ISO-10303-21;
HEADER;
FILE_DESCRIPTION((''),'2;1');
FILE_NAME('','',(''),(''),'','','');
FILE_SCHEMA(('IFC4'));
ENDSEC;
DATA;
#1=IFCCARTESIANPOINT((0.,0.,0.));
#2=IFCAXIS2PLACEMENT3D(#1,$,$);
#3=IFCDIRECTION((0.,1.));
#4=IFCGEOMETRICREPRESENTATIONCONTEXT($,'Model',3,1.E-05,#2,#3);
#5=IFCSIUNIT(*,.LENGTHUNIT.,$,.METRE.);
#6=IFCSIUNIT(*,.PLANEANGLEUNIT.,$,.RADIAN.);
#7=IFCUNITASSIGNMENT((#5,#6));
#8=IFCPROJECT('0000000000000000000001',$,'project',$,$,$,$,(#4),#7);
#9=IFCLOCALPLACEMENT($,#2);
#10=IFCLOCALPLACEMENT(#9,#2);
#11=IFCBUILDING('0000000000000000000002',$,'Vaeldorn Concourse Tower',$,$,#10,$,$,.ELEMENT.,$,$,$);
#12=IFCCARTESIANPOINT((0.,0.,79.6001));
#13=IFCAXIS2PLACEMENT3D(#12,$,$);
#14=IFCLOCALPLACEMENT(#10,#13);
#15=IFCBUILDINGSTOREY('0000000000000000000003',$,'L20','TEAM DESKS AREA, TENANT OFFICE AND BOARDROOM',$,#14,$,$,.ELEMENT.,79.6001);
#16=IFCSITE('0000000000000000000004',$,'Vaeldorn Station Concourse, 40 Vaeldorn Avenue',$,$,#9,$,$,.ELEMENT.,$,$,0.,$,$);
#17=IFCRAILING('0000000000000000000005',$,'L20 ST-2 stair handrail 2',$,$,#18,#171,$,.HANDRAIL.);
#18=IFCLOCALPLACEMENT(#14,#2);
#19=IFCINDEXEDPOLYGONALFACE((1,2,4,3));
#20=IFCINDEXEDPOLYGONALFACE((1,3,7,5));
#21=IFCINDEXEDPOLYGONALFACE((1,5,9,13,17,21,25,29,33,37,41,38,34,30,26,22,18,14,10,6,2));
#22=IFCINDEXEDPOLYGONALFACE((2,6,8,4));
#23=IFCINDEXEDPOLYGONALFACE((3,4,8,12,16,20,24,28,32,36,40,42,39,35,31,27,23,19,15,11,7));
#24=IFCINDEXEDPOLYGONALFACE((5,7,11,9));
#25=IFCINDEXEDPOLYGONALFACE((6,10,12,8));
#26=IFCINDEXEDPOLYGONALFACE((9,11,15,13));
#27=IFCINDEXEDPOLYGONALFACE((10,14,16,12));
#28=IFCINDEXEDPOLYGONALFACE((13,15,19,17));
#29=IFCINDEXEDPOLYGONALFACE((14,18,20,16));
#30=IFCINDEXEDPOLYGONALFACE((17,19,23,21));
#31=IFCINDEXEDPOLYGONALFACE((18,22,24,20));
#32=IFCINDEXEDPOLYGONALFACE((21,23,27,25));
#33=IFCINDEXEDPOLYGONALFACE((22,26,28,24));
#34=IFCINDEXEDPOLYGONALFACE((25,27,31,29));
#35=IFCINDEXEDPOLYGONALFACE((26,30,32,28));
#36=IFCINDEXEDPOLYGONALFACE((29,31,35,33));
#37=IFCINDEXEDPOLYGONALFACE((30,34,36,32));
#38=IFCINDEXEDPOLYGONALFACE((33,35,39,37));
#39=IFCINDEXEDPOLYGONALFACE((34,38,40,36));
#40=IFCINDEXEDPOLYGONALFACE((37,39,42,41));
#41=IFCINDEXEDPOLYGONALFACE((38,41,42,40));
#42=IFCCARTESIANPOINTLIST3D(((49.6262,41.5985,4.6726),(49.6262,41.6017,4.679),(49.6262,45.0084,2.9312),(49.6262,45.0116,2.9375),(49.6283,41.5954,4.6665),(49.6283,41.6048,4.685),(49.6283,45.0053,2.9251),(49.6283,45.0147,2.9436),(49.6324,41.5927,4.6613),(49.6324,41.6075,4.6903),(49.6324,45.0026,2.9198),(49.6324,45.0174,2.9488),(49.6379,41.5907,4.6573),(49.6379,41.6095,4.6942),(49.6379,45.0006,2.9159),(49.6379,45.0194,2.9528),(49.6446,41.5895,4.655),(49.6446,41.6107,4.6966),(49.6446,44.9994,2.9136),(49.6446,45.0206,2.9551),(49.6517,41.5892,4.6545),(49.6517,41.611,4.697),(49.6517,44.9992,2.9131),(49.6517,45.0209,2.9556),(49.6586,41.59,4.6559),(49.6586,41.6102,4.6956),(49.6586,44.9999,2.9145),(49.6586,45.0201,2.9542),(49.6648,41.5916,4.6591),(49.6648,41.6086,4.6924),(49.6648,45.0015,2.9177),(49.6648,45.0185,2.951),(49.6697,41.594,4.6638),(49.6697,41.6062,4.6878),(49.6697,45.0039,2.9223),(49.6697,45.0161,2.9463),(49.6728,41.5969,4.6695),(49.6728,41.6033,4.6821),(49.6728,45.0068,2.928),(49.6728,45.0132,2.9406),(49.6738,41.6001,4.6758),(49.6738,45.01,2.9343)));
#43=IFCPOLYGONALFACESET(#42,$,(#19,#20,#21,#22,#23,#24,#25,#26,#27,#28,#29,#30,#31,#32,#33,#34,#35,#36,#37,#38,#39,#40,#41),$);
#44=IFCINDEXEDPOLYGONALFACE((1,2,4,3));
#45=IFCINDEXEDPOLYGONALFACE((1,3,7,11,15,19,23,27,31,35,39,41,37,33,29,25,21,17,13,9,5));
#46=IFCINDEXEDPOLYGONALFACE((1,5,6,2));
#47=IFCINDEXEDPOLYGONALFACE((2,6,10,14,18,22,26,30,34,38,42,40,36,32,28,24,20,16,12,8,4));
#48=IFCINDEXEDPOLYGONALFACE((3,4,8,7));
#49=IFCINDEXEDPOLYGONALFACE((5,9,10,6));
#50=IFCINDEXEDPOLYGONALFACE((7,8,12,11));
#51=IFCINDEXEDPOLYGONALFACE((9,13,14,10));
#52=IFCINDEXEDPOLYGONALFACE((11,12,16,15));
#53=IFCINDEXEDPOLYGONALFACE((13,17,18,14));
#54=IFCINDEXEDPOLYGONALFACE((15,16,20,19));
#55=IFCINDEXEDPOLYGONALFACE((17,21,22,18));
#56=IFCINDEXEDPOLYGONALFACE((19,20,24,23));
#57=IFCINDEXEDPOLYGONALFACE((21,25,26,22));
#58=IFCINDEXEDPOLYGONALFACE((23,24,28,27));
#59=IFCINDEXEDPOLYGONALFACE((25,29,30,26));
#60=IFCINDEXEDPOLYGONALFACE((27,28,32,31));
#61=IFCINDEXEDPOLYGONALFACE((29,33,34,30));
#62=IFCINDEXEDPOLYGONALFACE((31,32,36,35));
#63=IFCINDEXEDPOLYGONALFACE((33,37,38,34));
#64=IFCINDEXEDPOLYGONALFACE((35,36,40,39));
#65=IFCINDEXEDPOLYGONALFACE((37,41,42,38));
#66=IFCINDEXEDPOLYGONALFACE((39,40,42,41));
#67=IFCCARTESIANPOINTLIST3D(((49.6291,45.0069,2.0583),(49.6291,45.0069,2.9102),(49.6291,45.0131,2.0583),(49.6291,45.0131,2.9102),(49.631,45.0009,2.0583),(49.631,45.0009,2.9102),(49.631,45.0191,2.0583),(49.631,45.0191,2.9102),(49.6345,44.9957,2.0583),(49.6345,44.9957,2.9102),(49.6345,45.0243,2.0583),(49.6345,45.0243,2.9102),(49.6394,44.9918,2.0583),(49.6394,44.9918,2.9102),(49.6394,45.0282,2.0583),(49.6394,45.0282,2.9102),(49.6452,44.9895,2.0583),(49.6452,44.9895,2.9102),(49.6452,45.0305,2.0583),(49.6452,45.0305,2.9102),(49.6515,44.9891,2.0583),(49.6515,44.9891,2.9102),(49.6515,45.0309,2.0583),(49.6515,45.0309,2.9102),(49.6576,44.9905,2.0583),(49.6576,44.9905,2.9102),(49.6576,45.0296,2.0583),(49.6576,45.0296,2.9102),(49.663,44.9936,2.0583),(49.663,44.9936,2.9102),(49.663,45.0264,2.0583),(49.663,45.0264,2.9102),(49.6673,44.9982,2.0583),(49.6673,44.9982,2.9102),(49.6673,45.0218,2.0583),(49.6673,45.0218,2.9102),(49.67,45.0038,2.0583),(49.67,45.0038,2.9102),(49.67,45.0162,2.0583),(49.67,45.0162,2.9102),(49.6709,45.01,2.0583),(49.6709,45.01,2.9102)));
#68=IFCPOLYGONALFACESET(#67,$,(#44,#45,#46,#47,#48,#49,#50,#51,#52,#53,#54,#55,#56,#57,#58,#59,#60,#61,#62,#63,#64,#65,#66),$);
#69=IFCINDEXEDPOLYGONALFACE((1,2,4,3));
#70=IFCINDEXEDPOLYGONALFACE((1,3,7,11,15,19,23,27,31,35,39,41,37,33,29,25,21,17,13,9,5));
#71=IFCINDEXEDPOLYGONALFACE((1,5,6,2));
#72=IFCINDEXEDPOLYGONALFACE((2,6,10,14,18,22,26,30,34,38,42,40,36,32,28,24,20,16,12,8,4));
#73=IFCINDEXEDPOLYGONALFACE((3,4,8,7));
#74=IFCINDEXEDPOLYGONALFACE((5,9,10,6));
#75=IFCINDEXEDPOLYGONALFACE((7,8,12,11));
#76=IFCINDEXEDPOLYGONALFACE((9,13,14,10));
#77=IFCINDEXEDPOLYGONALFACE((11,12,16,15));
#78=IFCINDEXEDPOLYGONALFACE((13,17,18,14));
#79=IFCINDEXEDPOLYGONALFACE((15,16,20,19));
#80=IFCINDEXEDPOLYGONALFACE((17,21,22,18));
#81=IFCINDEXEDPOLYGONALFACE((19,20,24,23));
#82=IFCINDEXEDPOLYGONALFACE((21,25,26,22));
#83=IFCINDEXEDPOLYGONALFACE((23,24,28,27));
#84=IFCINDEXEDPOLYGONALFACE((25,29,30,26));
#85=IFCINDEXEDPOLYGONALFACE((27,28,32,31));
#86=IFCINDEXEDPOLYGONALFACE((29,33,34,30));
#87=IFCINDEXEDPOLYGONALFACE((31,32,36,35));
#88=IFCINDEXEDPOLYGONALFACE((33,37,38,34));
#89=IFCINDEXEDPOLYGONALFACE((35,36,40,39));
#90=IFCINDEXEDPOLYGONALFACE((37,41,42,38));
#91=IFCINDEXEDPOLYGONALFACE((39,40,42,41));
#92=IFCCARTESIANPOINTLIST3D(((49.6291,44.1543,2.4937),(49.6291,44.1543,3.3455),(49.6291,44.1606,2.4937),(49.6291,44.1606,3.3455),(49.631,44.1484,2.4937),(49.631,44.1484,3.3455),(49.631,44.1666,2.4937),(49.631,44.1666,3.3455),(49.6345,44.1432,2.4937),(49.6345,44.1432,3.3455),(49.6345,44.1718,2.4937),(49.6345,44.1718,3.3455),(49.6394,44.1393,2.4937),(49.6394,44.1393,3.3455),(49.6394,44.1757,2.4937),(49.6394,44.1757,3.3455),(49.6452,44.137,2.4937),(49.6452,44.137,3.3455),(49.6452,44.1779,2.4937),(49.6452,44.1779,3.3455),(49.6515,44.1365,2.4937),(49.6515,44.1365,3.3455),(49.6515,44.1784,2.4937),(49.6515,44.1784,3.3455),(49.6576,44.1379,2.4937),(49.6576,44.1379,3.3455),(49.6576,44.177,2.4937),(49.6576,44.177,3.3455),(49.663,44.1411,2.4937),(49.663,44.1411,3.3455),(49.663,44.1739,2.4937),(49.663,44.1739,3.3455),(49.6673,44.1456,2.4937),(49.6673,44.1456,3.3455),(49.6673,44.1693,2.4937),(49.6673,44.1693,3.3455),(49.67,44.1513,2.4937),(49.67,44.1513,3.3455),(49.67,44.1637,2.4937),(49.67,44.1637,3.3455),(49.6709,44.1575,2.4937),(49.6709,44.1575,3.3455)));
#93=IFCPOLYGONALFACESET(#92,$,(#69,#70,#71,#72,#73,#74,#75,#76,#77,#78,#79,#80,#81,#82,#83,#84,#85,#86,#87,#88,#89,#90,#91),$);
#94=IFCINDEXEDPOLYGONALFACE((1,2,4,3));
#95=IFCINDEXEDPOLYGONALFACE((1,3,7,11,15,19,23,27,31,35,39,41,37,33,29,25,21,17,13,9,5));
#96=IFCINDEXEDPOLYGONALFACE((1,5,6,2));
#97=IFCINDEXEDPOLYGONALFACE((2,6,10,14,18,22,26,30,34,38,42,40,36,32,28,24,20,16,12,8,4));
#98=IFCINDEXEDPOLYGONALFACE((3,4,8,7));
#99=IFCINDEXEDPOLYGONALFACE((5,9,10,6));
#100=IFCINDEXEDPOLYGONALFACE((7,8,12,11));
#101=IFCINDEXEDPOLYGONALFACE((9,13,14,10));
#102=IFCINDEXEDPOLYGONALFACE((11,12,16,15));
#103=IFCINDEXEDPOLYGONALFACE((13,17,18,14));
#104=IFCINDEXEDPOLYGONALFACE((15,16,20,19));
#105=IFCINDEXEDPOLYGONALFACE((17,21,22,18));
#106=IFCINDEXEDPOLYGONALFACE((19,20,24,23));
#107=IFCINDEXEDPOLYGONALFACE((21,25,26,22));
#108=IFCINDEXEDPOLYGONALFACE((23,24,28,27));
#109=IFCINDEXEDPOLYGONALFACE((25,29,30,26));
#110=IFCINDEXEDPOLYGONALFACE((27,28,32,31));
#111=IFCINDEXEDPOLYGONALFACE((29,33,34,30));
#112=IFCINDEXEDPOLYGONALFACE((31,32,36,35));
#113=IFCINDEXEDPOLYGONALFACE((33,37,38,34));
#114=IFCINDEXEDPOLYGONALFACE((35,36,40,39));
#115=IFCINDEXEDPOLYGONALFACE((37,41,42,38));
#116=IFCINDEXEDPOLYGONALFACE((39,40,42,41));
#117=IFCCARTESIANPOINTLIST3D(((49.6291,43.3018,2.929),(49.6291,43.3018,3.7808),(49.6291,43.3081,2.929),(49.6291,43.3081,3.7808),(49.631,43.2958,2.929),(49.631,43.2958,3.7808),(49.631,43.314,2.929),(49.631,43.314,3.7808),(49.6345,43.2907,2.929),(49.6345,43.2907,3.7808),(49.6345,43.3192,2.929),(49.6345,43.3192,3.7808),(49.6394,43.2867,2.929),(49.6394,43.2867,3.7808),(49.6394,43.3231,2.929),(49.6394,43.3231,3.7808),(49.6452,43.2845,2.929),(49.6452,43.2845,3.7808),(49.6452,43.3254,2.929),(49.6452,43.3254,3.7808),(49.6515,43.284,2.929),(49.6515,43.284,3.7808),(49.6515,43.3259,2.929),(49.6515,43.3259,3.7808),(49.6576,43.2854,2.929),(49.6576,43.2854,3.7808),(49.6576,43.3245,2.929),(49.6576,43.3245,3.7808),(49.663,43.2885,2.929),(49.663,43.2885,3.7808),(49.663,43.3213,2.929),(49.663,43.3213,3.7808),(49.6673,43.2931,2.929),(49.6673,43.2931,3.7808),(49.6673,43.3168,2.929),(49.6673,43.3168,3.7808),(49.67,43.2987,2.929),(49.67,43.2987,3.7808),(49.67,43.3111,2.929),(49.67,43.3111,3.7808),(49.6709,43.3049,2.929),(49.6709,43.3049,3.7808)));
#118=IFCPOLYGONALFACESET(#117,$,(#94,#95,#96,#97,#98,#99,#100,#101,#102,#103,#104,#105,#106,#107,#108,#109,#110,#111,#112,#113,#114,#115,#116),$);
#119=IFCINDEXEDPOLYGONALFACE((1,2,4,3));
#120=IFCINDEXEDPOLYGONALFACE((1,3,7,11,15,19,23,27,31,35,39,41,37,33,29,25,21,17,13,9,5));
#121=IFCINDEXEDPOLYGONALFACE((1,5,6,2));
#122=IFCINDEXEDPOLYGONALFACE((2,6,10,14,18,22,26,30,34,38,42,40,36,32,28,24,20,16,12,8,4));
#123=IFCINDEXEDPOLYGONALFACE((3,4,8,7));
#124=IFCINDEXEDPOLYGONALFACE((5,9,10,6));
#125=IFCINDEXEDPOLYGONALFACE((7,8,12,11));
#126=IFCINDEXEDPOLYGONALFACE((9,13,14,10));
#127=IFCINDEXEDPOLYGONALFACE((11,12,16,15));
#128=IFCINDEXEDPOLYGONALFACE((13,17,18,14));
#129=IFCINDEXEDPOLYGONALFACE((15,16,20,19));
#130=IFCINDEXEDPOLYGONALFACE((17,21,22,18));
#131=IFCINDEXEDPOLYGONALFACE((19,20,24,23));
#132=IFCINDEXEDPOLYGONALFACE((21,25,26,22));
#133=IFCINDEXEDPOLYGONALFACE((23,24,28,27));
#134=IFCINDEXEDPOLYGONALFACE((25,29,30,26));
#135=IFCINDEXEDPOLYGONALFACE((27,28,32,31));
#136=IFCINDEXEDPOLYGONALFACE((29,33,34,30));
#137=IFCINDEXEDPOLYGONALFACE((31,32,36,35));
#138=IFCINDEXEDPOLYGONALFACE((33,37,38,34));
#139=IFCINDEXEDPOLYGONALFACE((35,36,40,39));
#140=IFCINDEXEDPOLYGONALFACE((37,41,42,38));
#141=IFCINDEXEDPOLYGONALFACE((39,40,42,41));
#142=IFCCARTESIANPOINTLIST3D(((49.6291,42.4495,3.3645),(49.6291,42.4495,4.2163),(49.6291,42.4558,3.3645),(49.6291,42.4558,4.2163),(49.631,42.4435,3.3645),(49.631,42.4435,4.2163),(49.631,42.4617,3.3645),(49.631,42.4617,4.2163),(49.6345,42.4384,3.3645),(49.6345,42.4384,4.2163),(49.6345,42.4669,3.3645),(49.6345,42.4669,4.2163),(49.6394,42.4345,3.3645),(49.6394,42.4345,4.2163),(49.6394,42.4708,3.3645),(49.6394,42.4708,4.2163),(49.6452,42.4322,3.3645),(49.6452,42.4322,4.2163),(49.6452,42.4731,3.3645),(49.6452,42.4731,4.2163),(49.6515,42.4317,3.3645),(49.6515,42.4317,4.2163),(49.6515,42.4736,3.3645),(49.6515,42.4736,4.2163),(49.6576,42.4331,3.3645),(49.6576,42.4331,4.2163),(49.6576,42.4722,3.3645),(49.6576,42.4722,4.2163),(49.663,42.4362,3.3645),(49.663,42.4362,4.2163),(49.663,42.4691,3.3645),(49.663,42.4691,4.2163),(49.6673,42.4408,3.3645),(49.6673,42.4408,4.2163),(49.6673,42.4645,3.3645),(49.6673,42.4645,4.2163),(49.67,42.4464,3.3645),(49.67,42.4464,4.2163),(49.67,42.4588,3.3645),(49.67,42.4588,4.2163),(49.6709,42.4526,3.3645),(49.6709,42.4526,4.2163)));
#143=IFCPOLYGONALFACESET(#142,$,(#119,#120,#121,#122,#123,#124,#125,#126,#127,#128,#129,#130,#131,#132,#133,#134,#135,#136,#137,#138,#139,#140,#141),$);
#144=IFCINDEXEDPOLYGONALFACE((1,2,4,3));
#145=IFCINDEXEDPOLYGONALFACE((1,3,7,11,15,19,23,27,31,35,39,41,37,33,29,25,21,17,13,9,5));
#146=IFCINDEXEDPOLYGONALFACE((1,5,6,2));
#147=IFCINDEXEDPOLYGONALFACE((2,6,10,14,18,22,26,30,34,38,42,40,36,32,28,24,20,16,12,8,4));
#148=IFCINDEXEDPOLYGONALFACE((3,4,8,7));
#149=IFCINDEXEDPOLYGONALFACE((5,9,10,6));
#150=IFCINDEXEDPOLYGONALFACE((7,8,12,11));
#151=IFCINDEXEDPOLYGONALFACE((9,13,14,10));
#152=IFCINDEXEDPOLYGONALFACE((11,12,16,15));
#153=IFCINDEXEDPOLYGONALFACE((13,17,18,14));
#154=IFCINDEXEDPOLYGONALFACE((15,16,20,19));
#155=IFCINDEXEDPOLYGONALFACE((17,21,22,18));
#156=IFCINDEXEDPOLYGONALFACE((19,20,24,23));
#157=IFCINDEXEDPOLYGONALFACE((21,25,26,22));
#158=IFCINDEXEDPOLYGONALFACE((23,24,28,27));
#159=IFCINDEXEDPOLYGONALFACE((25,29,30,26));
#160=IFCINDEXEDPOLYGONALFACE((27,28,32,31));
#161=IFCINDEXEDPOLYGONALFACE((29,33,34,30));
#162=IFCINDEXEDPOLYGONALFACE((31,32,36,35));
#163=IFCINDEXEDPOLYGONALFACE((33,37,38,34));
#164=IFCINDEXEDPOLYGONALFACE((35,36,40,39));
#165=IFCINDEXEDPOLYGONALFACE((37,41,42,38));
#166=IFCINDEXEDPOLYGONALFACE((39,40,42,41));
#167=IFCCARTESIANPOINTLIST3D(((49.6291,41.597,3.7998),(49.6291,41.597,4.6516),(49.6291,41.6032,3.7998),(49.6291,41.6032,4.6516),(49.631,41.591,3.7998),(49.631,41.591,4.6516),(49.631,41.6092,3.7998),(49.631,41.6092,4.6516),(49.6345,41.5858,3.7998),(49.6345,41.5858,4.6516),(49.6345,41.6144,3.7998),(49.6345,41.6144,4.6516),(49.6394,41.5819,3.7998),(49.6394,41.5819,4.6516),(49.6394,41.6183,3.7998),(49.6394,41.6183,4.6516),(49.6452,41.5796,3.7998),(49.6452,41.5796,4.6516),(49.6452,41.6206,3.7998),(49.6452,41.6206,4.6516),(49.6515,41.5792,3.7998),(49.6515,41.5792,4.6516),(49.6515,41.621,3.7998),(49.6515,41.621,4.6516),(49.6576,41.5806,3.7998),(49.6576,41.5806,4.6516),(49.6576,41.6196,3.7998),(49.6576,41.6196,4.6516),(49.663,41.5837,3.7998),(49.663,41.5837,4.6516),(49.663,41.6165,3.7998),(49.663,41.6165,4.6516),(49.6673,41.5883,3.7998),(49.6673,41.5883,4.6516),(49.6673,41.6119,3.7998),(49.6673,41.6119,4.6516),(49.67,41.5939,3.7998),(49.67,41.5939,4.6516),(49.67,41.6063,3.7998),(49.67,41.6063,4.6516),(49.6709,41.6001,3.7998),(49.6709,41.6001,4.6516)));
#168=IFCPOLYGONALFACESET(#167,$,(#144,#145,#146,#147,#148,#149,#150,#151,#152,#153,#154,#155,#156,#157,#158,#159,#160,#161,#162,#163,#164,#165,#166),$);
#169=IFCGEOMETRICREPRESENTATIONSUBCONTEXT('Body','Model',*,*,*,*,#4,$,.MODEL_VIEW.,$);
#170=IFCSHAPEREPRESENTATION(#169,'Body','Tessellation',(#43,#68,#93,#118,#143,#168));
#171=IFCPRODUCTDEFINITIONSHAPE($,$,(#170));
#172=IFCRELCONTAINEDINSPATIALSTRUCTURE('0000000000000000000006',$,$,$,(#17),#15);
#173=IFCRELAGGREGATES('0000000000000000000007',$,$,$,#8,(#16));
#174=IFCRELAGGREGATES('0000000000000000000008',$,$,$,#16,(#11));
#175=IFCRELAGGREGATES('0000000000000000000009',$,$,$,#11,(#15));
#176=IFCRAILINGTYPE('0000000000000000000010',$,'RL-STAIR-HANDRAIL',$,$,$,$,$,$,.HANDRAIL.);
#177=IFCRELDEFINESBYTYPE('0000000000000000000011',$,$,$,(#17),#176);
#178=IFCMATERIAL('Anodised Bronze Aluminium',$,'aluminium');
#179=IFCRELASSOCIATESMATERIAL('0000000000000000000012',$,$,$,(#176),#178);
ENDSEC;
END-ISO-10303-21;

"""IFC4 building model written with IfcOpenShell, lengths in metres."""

from ifc_helpers import new_model, si_unit, direction, frame, origin, origin_2d, place, context, subcontext, project, spatial, circle, extrude, material, type_object, element, save


model = new_model("IFC4")

# Units and contexts
model_context = context("Model", 3, precision=1e-05, world=origin(), true_north=direction((0.0, 1.0)))
body_context = subcontext(model_context, "Body", "Model", "MODEL_VIEW")
ifc_project = project(units=[si_unit("LENGTHUNIT", "METRE"), si_unit("PLANEANGLEUNIT", "RADIAN")], contexts=[model_context])

# Site, building, storey
site_placement = place(None, origin())
site = spatial("IfcSite", under=ifc_project, at=site_placement, Name="Vaeldorn Station Concourse, 40 Vaeldorn Avenue", CompositionType="ELEMENT", RefElevation=0.0)
building_placement = place(site_placement, origin())
building = spatial("IfcBuilding", under=site, at=building_placement, Name="Vaeldorn Concourse Tower", CompositionType="ELEMENT")
storey_placement = place(building_placement, frame((0.0, 0.0, 79.6001)))
storey = spatial("IfcBuildingStorey", under=building, at=storey_placement, Name="L20", Description="TEAM DESKS AREA, TENANT OFFICE AND BOARDROOM", CompositionType="ELEMENT", Elevation=79.6001)

# Shared definitions
ifc_material_1 = material(Name="Anodised Bronze Aluminium", Category="aluminium")

# Railing
railing_type_1 = type_object("IfcRailingType", Name="RL-STAIR-HANDRAIL", PredefinedType="HANDRAIL", material=ifc_material_1)
railing_1_placement = place(storey_placement, frame((49.6499, 45.01, 2.0583)))
element("IfcRailing", 1, at=railing_1_placement, inside=storey, type_object=railing_type_1, Name="L20 ST-2 stair handrail 2", PredefinedType="HANDRAIL", context=body_context, shape_type="SweptSolid", body=[
    extrude(circle(Radius=0.0239, at=origin_2d()), frame((0.0, 0.0, 0.876), z_axis=(0.0, -0.890582, 0.454823), x_axis=(1.0, 0.0, 0.0)), (0.0, 0.0, 1.0), 3.8289),
    extrude(circle(Radius=0.021, at=origin_2d()), origin(), (0.0, 0.0, 1.0), 0.8518),
    extrude(circle(Radius=0.021, at=origin_2d()), frame((0.0, -0.8525, 0.4353)), (0.0, 0.0, 1.0), 0.8518),
    extrude(circle(Radius=0.021, at=origin_2d()), frame((0.0, -1.7051, 0.8706)), (0.0, 0.0, 1.0), 0.8518),
    extrude(circle(Radius=0.021, at=origin_2d()), frame((0.0, -2.5574, 1.3062)), (0.0, 0.0, 1.0), 0.8518),
    extrude(circle(Radius=0.021, at=origin_2d()), frame((0.0, -3.4099, 1.7415)), (0.0, 0.0, 1.0), 0.8518),
])

save(model, "model.ifc")
